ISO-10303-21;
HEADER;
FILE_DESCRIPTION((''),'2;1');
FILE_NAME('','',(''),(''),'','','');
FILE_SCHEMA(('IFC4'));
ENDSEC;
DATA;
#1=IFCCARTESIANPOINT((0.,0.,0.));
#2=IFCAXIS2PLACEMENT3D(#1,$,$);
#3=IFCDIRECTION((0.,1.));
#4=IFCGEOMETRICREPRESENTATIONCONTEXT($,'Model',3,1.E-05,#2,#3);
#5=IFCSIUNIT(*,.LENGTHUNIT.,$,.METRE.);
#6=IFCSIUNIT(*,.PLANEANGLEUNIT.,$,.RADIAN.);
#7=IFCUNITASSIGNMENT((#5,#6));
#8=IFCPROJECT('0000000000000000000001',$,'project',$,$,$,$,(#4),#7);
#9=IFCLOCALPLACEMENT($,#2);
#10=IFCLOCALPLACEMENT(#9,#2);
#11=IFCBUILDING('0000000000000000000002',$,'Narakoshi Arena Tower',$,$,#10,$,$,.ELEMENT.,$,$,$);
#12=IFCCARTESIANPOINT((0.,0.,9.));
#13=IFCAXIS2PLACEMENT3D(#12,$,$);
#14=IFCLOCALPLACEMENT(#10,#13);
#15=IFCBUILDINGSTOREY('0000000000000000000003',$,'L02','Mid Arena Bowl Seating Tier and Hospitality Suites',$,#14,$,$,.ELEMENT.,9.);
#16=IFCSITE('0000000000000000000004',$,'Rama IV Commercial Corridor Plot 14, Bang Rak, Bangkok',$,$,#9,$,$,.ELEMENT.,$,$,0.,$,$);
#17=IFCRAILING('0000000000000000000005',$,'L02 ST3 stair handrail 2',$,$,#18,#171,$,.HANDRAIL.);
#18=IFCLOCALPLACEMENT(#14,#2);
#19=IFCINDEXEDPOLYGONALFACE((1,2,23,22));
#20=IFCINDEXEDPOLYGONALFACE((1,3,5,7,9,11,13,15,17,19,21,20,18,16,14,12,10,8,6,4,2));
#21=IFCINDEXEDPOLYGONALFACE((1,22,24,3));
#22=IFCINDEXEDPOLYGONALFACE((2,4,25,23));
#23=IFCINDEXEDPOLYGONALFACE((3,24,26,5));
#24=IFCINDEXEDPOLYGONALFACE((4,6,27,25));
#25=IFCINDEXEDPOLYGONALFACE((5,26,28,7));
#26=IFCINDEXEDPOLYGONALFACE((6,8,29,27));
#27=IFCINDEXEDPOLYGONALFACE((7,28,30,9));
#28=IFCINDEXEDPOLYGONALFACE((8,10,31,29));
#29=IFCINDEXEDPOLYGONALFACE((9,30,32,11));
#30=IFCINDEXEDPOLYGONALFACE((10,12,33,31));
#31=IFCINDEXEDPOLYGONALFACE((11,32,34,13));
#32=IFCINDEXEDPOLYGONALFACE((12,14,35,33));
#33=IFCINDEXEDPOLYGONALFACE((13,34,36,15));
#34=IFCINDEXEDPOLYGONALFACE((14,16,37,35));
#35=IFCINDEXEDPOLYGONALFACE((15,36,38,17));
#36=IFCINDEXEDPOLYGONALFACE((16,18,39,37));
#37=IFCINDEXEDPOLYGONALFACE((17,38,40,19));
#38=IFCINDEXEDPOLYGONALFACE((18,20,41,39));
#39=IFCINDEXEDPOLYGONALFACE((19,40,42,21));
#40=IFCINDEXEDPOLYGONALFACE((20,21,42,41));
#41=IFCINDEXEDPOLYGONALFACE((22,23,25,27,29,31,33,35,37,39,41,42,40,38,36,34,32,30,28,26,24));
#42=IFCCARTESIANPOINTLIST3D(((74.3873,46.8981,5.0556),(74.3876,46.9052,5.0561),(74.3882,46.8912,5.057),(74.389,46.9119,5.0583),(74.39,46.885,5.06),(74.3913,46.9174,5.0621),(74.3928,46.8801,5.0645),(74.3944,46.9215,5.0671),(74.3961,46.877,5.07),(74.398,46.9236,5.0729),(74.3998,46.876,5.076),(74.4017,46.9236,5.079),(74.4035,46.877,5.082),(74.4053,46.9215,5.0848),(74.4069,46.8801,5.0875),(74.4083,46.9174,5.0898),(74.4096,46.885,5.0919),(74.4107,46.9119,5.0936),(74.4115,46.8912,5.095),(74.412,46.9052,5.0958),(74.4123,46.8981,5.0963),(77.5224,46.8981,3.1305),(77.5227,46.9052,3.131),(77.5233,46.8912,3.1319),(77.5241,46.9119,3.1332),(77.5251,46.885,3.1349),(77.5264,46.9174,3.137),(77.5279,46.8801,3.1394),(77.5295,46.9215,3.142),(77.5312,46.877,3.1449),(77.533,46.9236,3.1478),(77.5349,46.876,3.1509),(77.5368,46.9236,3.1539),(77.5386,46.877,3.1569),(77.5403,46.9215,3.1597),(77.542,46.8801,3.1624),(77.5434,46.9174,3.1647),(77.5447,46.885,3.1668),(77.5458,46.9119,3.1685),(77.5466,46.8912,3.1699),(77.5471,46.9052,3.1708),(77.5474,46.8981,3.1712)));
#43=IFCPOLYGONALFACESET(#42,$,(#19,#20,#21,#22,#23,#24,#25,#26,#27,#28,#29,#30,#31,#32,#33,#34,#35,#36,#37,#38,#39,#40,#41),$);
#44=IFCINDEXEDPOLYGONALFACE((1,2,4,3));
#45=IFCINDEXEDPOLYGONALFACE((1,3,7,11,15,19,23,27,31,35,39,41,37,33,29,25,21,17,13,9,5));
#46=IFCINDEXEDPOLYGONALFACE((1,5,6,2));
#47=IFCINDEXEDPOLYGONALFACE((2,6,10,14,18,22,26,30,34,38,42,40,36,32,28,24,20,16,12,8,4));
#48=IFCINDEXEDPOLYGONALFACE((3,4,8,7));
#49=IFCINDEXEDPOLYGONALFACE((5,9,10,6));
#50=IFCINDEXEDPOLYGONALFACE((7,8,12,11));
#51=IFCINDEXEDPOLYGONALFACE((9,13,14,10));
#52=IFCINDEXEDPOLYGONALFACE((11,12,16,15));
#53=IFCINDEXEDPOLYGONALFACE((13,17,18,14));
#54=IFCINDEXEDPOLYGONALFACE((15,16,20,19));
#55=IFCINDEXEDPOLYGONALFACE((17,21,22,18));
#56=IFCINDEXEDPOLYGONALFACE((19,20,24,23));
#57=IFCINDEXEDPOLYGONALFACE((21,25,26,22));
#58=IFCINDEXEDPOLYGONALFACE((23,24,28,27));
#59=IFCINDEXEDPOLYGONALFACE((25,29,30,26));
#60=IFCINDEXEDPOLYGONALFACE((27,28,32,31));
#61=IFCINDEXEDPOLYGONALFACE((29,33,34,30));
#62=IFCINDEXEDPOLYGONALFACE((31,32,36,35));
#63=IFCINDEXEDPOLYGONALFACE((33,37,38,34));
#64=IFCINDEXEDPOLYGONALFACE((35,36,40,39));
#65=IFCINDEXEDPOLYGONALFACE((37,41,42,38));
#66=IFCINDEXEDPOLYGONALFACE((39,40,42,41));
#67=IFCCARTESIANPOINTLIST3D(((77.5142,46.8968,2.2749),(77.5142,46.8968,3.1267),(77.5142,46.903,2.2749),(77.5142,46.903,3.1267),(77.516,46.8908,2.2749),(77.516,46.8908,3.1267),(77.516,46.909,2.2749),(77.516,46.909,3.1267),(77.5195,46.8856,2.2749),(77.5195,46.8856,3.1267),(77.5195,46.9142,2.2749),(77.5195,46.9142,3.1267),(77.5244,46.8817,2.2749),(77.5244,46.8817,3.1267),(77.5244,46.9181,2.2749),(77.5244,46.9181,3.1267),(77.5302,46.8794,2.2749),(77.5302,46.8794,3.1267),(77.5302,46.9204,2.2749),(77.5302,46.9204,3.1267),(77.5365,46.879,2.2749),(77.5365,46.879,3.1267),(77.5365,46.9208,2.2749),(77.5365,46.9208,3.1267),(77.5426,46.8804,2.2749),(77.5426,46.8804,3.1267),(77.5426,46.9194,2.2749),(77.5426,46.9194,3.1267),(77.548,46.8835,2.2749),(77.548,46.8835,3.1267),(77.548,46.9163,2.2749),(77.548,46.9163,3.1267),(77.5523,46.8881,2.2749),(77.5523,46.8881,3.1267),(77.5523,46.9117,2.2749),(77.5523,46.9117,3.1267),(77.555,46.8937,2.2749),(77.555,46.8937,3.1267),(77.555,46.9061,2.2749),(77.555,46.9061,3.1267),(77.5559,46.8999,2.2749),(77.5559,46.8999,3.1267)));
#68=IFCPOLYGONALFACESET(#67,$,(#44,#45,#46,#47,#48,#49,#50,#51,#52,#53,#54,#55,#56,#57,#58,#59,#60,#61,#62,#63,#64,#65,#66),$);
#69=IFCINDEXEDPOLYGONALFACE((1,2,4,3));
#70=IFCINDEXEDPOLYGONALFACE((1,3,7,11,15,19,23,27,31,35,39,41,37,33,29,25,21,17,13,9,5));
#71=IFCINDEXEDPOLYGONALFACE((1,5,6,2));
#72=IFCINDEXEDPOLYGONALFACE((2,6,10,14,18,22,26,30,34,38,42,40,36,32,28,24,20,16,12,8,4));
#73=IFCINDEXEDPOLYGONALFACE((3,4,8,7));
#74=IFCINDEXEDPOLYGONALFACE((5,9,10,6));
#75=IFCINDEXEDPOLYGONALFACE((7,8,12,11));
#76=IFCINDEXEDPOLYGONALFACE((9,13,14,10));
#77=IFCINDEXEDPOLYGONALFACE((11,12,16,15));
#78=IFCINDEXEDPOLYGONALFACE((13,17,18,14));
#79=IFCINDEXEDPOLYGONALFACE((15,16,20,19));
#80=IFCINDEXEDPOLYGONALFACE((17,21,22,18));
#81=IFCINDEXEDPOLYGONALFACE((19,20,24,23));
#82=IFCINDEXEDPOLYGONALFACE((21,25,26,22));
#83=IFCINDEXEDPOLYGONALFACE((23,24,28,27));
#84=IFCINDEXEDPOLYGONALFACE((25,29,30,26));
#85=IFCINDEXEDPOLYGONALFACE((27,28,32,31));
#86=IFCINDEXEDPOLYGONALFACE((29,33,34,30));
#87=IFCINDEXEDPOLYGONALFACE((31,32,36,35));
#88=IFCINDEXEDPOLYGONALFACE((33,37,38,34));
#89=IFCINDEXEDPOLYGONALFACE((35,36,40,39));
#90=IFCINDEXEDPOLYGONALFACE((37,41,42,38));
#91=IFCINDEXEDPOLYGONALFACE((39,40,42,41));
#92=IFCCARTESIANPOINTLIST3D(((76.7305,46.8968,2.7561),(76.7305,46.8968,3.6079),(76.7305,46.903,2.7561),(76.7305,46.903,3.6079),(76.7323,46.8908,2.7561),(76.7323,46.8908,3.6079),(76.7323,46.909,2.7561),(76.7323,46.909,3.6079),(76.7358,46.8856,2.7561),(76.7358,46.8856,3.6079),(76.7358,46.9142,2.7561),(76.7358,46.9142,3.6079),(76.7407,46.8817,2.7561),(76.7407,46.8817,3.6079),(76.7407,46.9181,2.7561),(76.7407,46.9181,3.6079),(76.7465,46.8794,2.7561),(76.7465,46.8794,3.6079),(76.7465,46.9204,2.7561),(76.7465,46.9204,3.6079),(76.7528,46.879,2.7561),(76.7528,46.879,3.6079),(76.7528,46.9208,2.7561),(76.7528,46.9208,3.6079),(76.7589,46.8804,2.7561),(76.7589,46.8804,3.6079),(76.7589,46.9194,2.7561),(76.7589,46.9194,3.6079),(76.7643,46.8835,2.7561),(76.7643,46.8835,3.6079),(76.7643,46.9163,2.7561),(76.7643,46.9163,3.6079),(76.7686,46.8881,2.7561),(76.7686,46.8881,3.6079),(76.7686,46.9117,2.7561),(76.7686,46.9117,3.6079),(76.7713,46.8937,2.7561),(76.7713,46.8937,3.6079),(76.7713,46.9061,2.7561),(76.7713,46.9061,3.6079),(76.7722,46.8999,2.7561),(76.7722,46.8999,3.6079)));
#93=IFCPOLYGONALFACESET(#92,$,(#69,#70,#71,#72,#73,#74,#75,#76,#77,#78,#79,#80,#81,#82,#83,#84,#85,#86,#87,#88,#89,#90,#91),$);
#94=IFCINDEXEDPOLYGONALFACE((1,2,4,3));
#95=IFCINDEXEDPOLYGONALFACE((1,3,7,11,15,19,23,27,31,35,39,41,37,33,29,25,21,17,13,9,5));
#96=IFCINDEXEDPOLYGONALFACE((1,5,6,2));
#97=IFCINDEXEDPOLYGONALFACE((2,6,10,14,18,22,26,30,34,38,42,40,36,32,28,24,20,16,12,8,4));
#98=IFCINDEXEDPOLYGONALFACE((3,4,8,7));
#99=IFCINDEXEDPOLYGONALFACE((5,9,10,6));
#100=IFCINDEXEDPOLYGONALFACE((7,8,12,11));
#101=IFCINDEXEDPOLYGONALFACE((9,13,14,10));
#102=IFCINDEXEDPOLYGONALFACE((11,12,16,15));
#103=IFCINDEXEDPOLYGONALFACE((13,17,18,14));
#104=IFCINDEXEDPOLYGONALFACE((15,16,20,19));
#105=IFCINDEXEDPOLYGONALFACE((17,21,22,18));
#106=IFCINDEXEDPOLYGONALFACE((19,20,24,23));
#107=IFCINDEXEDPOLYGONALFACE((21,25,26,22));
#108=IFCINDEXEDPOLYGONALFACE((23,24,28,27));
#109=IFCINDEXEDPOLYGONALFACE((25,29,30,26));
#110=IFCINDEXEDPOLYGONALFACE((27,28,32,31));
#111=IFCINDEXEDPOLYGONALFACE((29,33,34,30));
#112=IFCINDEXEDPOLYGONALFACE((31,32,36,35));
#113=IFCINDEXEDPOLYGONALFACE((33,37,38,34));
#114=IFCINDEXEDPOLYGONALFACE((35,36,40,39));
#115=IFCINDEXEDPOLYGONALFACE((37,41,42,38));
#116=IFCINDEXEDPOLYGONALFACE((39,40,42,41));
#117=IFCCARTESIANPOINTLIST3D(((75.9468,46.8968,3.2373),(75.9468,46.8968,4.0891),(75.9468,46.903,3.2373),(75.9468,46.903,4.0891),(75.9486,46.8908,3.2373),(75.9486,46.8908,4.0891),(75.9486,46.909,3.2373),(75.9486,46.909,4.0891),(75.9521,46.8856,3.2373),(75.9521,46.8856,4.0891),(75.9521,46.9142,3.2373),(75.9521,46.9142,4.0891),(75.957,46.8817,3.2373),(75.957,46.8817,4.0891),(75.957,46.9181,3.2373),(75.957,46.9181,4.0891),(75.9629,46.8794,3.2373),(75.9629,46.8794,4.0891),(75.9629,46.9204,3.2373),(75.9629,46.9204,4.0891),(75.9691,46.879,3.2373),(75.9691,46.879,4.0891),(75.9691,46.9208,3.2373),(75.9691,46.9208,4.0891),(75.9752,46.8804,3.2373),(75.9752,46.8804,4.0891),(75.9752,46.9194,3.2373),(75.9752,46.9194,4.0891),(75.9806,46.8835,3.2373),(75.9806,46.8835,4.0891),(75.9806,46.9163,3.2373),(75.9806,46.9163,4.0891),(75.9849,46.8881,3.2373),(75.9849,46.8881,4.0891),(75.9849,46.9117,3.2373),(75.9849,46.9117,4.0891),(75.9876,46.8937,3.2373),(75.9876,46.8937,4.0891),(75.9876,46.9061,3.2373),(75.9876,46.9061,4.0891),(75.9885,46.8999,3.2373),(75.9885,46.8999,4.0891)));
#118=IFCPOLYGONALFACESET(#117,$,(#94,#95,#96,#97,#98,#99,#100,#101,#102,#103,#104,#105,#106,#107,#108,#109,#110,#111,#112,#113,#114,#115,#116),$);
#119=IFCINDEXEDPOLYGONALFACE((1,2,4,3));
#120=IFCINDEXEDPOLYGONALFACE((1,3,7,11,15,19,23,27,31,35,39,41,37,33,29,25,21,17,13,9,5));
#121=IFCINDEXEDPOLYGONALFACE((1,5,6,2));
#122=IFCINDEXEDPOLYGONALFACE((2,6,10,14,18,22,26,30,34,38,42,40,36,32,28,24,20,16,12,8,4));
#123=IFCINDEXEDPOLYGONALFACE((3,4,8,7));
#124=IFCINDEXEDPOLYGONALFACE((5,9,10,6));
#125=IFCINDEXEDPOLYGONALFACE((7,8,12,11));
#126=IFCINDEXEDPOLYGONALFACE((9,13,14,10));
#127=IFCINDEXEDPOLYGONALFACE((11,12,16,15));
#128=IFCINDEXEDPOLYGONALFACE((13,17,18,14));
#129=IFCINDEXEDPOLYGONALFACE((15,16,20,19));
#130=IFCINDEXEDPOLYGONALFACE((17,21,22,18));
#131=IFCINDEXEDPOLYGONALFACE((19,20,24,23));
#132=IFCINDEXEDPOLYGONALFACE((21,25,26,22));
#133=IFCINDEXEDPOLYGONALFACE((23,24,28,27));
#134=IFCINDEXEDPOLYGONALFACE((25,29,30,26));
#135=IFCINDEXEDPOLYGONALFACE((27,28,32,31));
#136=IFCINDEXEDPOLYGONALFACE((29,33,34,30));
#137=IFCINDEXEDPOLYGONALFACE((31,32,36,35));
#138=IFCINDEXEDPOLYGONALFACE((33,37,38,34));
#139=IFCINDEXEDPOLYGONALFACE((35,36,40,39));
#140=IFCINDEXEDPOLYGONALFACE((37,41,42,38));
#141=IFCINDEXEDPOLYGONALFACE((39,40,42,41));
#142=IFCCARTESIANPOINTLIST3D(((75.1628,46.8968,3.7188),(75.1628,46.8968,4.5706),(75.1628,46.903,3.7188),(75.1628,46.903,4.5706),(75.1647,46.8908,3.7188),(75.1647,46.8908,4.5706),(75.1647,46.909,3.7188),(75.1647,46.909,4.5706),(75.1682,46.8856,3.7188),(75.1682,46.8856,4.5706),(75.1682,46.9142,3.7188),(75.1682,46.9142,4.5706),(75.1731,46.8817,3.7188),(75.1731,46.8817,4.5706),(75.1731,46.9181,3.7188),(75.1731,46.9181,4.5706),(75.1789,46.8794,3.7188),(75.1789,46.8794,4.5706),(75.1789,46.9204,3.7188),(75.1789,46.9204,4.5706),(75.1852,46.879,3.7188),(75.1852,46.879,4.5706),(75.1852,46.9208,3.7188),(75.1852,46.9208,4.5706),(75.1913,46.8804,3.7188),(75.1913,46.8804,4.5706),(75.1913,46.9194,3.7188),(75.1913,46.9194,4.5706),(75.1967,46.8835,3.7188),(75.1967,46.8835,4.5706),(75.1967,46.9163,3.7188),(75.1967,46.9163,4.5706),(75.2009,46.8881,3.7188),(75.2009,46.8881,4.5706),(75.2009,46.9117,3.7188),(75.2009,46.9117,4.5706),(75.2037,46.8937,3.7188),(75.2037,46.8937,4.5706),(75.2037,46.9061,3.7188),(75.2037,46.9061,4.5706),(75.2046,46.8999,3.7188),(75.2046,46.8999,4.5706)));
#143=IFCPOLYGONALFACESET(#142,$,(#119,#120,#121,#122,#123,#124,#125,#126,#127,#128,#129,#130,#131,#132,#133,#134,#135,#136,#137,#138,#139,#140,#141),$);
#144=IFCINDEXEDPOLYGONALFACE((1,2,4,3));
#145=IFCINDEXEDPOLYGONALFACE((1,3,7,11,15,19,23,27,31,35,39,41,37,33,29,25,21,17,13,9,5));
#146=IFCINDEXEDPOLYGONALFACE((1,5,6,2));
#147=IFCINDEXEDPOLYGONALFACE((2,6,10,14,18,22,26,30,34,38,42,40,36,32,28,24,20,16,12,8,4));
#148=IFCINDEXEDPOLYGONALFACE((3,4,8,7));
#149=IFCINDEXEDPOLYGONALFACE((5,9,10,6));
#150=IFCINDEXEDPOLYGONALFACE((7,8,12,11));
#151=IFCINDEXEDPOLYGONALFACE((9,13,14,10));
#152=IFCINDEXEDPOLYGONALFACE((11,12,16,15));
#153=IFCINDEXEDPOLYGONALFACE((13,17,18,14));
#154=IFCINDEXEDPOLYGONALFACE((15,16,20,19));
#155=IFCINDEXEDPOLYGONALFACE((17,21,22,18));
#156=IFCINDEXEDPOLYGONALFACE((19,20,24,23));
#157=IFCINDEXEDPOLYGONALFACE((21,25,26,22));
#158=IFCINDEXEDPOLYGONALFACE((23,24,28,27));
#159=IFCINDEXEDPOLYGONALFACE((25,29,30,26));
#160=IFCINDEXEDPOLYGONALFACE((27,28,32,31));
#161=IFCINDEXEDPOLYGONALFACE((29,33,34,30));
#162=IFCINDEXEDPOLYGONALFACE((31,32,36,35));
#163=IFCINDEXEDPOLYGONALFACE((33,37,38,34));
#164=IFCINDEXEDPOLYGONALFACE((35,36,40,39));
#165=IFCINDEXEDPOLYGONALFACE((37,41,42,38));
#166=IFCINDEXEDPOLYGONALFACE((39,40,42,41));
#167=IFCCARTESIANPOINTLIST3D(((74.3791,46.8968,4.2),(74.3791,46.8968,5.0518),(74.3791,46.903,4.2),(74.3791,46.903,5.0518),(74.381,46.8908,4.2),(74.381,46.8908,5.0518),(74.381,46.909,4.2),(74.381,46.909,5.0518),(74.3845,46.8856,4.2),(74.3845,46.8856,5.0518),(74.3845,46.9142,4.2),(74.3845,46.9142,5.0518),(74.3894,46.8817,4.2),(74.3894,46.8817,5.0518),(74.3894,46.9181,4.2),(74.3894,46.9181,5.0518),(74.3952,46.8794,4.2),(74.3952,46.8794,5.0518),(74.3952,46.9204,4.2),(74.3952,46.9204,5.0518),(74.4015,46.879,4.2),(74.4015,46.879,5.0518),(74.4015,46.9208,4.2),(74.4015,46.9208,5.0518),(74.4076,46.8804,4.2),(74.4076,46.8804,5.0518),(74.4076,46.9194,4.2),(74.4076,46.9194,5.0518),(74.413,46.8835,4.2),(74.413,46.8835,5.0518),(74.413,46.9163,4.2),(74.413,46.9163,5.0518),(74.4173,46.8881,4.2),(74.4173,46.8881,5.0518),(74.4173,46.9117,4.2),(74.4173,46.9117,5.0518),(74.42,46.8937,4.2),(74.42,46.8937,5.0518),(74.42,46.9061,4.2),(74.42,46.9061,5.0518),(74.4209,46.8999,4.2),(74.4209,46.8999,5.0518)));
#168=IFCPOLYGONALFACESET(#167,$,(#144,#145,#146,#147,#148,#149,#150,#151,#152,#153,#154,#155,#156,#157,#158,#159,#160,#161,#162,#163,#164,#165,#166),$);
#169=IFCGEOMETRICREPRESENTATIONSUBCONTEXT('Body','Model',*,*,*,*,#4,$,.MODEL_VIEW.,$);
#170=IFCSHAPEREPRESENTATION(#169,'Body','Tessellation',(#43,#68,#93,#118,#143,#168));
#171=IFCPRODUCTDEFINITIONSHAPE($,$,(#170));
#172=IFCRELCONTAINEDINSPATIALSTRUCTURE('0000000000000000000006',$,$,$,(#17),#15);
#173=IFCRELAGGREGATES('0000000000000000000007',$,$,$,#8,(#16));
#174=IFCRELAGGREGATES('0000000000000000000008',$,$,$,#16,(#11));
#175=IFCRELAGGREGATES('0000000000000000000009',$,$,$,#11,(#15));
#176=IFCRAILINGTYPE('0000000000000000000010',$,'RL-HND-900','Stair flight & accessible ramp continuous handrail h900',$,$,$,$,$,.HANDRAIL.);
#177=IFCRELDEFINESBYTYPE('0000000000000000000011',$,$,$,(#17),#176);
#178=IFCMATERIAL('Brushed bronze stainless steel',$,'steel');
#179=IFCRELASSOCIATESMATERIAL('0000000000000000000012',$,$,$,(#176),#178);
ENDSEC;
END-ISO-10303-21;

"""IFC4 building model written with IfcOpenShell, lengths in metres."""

from ifc_helpers import new_model, si_unit, direction, frame, origin, origin_2d, place, context, subcontext, project, spatial, circle, extrude, material, type_object, element, save


model = new_model("IFC4")

# Units and contexts
model_context = context("Model", 3, precision=1e-05, world=origin(), true_north=direction((0.0, 1.0)))
body_context = subcontext(model_context, "Body", "Model", "MODEL_VIEW")
ifc_project = project(units=[si_unit("LENGTHUNIT", "METRE"), si_unit("PLANEANGLEUNIT", "RADIAN")], contexts=[model_context])

# Site, building, storey
site_placement = place(None, origin())
site = spatial("IfcSite", under=ifc_project, at=site_placement, Name="Rama IV Commercial Corridor Plot 14, Bang Rak, Bangkok", CompositionType="ELEMENT", RefElevation=0.0)
building_placement = place(site_placement, origin())
building = spatial("IfcBuilding", under=site, at=building_placement, Name="Narakoshi Arena Tower", CompositionType="ELEMENT")
storey_placement = place(building_placement, frame((0.0, 0.0, 9.0)))
storey = spatial("IfcBuildingStorey", under=building, at=storey_placement, Name="L02", Description="Mid Arena Bowl Seating Tier and Hospitality Suites", CompositionType="ELEMENT", Elevation=9.0)

# Railing
ifc_material_1 = material(Name="Brushed bronze stainless steel", Category="steel")
railing_type_1 = type_object("IfcRailingType", Name="RL-HND-900", Description="Stair flight & accessible ramp continuous handrail h900", PredefinedType="HANDRAIL", material=ifc_material_1)
railing_1_placement = place(storey_placement, frame((77.5349, 46.8999, 2.2749)))
element("IfcRailing", 1, at=railing_1_placement, inside=storey, type_object=railing_type_1, Name="L02 ST3 stair handrail 2", PredefinedType="HANDRAIL", context=body_context, shape_type="SweptSolid", body=[
    extrude(circle(Radius=0.0239, at=origin_2d()), frame((0.0, 0.0, 0.876), z_axis=(-0.852166, 0.0, 0.523271), x_axis=(0.0, -1.0, 0.0)), (0.0, 0.0, 1.0), 3.679),
    extrude(circle(Radius=0.021, at=origin_2d()), origin(), (0.0, 0.0, 1.0), 0.8518),
    extrude(circle(Radius=0.021, at=origin_2d()), frame((-0.7837, 0.0, 0.4812)), (0.0, 0.0, 1.0), 0.8518),
    extrude(circle(Radius=0.021, at=origin_2d()), frame((-1.5674, 0.0, 0.9624)), (0.0, 0.0, 1.0), 0.8518),
    extrude(circle(Radius=0.021, at=origin_2d()), frame((-2.3513, 0.0, 1.4438)), (0.0, 0.0, 1.0), 0.8518),
    extrude(circle(Radius=0.021, at=origin_2d()), frame((-3.135, 0.0, 1.925)), (0.0, 0.0, 1.0), 0.8518),
])

save(model, "model.ifc")
